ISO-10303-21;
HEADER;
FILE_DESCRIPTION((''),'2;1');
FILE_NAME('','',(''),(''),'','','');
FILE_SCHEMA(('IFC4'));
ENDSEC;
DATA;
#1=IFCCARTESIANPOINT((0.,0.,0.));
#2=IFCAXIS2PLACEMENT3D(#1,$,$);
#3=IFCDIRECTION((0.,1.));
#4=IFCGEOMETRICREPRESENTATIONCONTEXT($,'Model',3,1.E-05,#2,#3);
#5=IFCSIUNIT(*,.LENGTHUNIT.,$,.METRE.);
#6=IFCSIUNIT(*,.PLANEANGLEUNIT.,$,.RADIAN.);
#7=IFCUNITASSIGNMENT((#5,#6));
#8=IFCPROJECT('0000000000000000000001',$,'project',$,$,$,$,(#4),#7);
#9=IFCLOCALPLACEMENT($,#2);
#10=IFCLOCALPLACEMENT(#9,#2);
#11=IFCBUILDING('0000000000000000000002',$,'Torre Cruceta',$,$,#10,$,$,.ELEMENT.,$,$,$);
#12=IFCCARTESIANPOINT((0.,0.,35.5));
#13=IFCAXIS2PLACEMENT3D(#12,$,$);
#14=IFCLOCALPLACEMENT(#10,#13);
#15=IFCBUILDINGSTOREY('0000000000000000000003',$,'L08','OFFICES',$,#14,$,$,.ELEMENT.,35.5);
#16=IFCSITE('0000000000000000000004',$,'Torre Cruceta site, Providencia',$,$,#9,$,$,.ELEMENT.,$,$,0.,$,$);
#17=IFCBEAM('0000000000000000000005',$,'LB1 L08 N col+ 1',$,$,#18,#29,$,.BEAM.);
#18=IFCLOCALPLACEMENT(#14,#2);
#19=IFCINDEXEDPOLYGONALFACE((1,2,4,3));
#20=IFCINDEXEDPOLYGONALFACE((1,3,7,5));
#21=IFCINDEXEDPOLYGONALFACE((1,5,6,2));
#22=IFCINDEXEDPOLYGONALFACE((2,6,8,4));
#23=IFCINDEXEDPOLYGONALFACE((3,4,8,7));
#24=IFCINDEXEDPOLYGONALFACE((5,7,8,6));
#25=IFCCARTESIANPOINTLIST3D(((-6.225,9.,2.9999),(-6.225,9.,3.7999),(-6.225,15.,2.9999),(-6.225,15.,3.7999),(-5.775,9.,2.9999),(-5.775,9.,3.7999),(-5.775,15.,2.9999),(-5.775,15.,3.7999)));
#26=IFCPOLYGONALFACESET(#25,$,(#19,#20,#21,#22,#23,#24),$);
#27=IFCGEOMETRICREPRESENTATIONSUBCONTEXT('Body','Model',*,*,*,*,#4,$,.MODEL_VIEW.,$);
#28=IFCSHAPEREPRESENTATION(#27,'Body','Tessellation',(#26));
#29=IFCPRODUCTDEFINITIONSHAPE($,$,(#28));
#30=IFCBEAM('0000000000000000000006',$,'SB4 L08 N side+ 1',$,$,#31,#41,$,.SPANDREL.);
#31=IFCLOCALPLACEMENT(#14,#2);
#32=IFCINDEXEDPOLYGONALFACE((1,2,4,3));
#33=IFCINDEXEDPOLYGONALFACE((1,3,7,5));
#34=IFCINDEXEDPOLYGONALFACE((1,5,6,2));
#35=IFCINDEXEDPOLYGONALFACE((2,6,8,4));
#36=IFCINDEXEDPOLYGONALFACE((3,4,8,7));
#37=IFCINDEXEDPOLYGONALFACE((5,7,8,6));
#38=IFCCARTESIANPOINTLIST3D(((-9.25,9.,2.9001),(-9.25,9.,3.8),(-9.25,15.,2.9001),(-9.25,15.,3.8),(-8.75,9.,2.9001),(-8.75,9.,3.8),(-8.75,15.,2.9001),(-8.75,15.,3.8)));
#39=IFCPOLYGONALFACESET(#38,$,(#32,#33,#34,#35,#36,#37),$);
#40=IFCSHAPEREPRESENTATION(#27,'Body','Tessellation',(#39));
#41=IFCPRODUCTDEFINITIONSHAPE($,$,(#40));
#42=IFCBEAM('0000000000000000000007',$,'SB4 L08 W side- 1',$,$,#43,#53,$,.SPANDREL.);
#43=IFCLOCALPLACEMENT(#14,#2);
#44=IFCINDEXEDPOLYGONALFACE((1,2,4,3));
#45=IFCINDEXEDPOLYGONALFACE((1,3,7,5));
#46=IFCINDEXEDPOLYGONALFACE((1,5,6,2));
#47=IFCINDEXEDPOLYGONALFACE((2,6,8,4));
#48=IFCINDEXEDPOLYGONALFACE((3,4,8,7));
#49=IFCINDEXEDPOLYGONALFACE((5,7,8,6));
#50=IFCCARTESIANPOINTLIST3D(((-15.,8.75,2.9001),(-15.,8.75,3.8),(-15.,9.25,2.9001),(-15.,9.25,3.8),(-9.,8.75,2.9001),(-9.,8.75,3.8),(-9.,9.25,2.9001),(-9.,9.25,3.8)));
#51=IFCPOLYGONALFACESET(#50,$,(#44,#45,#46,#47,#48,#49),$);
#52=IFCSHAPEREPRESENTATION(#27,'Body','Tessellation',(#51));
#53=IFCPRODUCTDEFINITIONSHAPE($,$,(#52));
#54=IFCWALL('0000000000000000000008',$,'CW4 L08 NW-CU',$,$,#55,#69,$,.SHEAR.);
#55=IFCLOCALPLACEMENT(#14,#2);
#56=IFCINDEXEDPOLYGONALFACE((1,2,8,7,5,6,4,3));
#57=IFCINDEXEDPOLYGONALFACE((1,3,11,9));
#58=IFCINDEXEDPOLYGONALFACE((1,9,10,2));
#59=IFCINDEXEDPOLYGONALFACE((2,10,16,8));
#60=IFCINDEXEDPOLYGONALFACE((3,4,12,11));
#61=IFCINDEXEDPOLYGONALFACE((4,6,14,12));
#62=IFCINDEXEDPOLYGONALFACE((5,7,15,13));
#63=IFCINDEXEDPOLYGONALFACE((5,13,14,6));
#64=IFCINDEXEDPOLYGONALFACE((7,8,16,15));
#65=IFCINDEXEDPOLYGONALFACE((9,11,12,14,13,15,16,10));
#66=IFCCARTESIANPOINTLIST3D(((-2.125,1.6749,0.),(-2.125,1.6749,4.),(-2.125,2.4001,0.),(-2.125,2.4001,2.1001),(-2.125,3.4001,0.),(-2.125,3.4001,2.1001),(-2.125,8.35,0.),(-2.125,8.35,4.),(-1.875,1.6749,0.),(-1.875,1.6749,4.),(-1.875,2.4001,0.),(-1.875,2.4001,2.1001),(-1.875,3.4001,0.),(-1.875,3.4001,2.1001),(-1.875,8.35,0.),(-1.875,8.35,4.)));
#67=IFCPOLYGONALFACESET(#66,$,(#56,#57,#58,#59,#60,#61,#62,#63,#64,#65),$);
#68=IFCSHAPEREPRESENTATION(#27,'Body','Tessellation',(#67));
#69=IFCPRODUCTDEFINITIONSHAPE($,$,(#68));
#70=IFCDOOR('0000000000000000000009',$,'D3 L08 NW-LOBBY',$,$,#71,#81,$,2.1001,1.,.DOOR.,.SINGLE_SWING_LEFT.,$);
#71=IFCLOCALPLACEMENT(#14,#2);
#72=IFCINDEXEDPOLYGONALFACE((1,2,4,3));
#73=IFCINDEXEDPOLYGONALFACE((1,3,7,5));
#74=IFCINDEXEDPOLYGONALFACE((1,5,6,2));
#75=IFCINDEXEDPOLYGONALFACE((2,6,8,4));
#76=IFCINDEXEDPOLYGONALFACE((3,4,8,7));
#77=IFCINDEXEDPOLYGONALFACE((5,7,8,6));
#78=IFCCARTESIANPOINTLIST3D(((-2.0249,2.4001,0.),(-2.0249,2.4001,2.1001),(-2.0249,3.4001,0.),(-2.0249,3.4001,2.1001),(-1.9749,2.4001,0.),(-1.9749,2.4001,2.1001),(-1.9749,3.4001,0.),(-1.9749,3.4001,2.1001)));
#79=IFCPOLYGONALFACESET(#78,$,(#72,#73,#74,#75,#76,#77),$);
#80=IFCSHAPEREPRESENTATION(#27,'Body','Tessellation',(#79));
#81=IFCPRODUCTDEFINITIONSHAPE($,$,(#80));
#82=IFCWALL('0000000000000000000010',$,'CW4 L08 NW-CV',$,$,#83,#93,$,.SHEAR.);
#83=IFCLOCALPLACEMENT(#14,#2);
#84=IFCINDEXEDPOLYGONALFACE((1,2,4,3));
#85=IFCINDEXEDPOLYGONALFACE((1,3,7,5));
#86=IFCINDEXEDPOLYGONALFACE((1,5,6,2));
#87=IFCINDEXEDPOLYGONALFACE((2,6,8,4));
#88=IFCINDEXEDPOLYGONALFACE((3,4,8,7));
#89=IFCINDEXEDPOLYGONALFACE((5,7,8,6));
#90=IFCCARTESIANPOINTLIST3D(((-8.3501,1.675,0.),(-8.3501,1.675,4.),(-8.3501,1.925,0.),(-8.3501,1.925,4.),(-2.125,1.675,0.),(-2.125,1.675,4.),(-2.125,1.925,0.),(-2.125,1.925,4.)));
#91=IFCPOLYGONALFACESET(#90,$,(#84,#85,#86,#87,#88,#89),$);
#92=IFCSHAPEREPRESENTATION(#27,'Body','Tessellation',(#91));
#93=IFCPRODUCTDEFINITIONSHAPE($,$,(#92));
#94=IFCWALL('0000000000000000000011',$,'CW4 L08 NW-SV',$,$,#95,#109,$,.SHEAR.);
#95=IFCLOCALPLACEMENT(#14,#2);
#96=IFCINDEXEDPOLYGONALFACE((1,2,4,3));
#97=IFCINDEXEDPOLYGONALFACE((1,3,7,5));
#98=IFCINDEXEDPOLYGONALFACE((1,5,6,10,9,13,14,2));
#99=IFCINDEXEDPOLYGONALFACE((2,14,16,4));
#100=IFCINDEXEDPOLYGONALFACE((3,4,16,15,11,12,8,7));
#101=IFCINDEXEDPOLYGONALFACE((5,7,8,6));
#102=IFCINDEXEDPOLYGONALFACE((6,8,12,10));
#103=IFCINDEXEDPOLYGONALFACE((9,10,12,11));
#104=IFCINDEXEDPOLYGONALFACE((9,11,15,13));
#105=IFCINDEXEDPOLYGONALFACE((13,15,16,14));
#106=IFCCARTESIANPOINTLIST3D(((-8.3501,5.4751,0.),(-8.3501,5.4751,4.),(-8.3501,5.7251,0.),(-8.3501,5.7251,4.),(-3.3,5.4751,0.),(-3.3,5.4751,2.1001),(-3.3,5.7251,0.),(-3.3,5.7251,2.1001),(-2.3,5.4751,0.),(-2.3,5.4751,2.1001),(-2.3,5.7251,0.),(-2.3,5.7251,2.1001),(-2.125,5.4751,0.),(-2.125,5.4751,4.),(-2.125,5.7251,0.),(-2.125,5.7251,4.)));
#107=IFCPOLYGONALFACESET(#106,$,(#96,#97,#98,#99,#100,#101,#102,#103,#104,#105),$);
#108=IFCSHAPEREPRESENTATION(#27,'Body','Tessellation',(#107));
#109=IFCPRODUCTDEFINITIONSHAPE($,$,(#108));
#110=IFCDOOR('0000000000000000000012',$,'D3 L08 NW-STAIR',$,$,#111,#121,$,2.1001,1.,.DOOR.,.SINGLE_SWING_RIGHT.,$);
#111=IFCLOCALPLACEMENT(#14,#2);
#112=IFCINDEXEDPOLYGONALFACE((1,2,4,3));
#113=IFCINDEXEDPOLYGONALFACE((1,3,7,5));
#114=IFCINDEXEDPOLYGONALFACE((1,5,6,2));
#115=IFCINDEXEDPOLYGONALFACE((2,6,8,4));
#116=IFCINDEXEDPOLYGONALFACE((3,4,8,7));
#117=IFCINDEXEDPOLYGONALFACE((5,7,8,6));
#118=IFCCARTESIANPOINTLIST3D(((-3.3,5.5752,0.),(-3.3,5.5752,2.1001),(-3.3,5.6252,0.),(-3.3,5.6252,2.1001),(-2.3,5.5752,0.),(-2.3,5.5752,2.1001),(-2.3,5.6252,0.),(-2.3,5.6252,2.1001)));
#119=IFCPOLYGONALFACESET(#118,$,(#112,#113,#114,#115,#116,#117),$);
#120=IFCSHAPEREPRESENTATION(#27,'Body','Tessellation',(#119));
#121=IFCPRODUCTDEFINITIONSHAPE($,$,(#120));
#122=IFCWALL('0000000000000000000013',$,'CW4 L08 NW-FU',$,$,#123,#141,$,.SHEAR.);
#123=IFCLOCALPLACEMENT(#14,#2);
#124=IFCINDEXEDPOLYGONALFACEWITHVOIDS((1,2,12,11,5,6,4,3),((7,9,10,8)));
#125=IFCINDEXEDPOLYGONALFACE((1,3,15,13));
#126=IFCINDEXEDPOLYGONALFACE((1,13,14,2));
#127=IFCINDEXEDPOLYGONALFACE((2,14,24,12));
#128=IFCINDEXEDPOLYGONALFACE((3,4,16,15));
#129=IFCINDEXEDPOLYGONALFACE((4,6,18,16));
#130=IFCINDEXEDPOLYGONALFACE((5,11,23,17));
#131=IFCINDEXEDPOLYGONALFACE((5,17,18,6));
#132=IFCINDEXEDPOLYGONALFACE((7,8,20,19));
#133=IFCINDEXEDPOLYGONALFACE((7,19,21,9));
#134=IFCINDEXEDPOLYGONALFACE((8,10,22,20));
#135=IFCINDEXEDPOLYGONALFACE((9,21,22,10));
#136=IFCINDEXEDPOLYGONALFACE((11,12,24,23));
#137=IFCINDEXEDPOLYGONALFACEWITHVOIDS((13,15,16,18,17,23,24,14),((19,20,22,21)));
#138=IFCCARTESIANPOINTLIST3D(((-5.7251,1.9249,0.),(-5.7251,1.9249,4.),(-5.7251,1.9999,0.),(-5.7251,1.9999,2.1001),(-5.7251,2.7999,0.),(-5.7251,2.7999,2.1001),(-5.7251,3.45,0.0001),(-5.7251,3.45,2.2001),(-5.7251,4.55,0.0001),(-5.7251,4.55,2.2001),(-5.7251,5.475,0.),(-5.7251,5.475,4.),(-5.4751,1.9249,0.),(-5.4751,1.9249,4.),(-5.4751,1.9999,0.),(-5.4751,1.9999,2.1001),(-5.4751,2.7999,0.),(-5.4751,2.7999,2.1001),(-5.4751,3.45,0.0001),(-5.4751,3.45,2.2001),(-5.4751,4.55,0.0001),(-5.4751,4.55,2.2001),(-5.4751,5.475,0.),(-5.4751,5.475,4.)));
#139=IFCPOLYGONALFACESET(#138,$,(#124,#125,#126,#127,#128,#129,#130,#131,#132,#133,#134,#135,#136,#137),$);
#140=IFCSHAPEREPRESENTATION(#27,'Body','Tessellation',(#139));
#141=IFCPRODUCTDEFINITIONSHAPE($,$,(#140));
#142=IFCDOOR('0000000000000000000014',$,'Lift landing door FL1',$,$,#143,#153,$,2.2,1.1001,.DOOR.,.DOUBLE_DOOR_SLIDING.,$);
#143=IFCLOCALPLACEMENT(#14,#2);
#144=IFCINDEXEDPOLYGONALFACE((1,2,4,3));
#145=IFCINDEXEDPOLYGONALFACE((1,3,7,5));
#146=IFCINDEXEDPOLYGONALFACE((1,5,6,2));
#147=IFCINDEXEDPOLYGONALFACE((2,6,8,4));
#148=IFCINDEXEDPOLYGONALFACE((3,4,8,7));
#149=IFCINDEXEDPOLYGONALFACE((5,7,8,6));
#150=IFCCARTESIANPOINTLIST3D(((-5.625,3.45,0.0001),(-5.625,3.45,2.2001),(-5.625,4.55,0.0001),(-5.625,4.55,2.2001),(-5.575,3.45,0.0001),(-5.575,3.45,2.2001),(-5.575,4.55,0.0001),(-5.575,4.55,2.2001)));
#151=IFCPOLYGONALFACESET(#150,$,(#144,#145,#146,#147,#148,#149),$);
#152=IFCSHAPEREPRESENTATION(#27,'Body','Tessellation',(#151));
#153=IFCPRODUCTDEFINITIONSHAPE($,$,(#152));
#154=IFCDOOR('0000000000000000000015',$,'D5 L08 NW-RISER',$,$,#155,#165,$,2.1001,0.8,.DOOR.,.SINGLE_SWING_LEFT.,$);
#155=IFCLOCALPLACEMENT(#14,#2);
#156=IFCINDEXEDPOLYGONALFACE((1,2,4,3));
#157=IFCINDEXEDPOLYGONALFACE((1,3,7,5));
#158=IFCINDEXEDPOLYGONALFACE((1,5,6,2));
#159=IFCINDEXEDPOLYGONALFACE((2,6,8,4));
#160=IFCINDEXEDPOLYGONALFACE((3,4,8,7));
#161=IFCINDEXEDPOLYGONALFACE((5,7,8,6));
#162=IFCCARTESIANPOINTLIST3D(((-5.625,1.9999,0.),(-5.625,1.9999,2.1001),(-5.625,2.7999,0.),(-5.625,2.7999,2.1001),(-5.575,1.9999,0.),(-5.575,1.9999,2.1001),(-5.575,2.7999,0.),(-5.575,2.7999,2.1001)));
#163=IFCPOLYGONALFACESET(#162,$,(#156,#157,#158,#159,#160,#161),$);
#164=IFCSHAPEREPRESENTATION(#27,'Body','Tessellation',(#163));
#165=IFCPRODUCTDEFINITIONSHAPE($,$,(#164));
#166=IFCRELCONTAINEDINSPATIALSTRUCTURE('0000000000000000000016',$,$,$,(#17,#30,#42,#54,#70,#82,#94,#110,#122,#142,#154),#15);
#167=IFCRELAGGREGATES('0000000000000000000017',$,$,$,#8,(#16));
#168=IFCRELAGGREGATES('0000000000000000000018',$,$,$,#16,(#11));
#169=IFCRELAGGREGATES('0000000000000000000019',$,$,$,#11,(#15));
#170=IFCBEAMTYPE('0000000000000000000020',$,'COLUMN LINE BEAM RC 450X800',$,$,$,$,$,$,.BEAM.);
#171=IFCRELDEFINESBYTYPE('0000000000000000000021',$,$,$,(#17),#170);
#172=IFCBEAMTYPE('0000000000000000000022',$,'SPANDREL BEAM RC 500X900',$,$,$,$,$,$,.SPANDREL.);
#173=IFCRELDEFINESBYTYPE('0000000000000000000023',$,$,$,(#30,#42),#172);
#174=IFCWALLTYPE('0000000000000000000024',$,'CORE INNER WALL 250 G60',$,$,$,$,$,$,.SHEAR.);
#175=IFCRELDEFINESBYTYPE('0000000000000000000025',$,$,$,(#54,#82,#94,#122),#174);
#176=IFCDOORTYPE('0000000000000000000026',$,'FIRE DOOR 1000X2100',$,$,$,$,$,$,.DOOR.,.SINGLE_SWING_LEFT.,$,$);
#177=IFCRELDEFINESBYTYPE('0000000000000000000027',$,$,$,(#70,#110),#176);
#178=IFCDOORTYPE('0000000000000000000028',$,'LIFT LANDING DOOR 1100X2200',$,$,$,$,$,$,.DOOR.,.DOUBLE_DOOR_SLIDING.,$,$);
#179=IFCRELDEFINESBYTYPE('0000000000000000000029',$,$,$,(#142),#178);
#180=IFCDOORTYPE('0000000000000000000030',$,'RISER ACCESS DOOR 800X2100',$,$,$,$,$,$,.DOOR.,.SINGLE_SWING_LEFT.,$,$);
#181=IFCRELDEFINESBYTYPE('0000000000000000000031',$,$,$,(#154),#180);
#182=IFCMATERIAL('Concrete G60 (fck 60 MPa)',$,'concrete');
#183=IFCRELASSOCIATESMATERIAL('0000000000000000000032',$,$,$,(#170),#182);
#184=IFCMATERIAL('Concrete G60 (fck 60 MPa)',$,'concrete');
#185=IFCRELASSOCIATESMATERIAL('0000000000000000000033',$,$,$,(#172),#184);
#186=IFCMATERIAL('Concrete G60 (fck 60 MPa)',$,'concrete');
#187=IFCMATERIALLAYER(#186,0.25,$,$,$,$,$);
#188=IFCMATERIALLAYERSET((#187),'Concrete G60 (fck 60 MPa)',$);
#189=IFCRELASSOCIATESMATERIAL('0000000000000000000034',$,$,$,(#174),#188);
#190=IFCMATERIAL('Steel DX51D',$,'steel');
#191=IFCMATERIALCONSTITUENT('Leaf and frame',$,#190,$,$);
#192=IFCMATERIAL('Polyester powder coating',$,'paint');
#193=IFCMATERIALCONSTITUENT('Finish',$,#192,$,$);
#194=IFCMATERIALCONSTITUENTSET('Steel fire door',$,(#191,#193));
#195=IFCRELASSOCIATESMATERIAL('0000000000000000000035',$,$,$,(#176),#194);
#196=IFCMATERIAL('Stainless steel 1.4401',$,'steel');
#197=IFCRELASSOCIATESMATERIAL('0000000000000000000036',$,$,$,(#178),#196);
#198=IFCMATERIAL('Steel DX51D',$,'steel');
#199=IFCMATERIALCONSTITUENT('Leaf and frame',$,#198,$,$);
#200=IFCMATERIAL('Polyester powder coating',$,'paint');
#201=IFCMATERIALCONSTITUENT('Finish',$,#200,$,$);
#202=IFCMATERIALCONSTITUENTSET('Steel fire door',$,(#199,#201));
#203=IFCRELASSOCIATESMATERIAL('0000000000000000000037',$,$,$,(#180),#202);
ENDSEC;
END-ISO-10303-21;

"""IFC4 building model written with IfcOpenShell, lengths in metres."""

from ifc_helpers import new_model, si_unit, direction, frame, frame_2d, origin, origin_2d, place, context, subcontext, project, spatial, rectangle, extrude, material, layer, layer_set, constituent, constituent_set, material_profile, profile_set, type_object, element, fill, save


model = new_model("IFC4")

# Units and contexts
model_context = context("Model", 3, precision=1e-05, world=origin(), true_north=direction((0.0, 1.0)))
body_context = subcontext(model_context, "Body", "Model", "MODEL_VIEW")
ifc_project = project(units=[si_unit("LENGTHUNIT", "METRE"), si_unit("PLANEANGLEUNIT", "RADIAN")], contexts=[model_context])

# Site, building, storey
site_placement = place(None, origin())
site = spatial("IfcSite", under=ifc_project, at=site_placement, Name="Torre Cruceta site, Providencia", CompositionType="ELEMENT", RefElevation=0.0)
building_placement = place(site_placement, origin())
building = spatial("IfcBuilding", under=site, at=building_placement, Name="Torre Cruceta", CompositionType="ELEMENT")
storey_placement = place(building_placement, frame((0.0, 0.0, 35.5)))
storey = spatial("IfcBuildingStorey", under=building, at=storey_placement, Name="L08", Description="OFFICES", CompositionType="ELEMENT", Elevation=35.5)

# Beams
ifc_material_1 = material(Name="Concrete G60 (fck 60 MPa)", Category="concrete")
ifc_material_profile_1 = material_profile(ifc_material_1, rectangle(XDim=0.45, YDim=0.8, at=origin_2d()), Name="RC 450X800")
ifc_profile_set_1 = profile_set([ifc_material_profile_1], Name="Concrete G60 (fck 60 MPa)")
beam_type_1 = type_object("IfcBeamType", Name="COLUMN LINE BEAM RC 450X800", PredefinedType="BEAM", material=ifc_profile_set_1)
beam_placement = place(storey_placement, frame((-6.0, 9.0, 3.3999), z_axis=(0.0, 1.0, 0.0), x_axis=(-1.0, 0.0, 0.0)))
element("IfcBeam", 1, at=beam_placement, inside=storey, type_object=beam_type_1, Name="LB1 L08 N col+ 1", PredefinedType="BEAM", context=body_context, shape_type="SweptSolid", body=[
    extrude(rectangle(XDim=0.45, YDim=0.8, at=origin_2d()), origin(), (0.0, 0.0, 1.0), 6.0),
])
ifc_material_2 = material(Name="Concrete G60 (fck 60 MPa)", Category="concrete")
ifc_material_profile_2 = material_profile(ifc_material_2, rectangle(XDim=0.5, YDim=0.8999, at=origin_2d()), Name="RC 500X900")
ifc_profile_set_2 = profile_set([ifc_material_profile_2], Name="Concrete G60 (fck 60 MPa)")
beam_type_2 = type_object("IfcBeamType", Name="SPANDREL BEAM RC 500X900", PredefinedType="SPANDREL", material=ifc_profile_set_2)
for number, where, z_axis, x_axis, name in (
    (2, (-9.0, 9.0, 3.3501), (0.0, 1.0, 0.0), (-1.0, 0.0, 0.0), "SB4 L08 N side+ 1"),
    (3, (-9.0, 9.0, 3.3501), (-1.0, 0.0, 0.0), (0.0, -1.0, 0.0), "SB4 L08 W side- 1"),
):
    element("IfcBeam", number, at=place(storey_placement, frame(where, z_axis=z_axis, x_axis=x_axis)), inside=storey, type_object=beam_type_2, Name=name, PredefinedType="SPANDREL", context=body_context, shape_type="SweptSolid", body=[
        extrude(rectangle(XDim=0.5, YDim=0.8999, at=origin_2d()), origin(), (0.0, 0.0, 1.0), 6.0),
    ])

# Wall, opening, door
ifc_material_3 = material(Name="Concrete G60 (fck 60 MPa)", Category="concrete")
ifc_layer_1 = layer(ifc_material_3, 0.25)
ifc_layer_set_1 = layer_set([ifc_layer_1], Name="Concrete G60 (fck 60 MPa)")
wall_type_1 = type_object("IfcWallType", Name="CORE INNER WALL 250 G60", PredefinedType="SHEAR", material=ifc_layer_set_1)
wall_1_placement = place(storey_placement, frame((-2.0, 1.675, 0.0), z_axis=(0.0, 0.0, 1.0), x_axis=(0.0, 1.0, 0.0)))
wall_1 = element("IfcWall", 4, at=wall_1_placement, inside=storey, type_object=wall_type_1, Name="CW4 L08 NW-CU", PredefinedType="SHEAR", context=body_context, shape_type="SweptSolid", body=[
    extrude(rectangle(XDim=6.675, YDim=0.25, at=frame_2d((3.3374, 0.0))), origin(), (0.0, 0.0, 1.0), 4.0),
])
opening_1_placement = place(wall_1_placement, frame((0.7251, 0.0, 0.0)))
opening_1 = element("IfcOpeningElement", 5, at=opening_1_placement, cuts=wall_1, PredefinedType="OPENING", context=body_context, shape_type="SweptSolid", body=[
    extrude(rectangle(XDim=1.0, YDim=2.1001, at=frame_2d((0.5, 1.05))), frame((0.0, 0.135, 0.0), z_axis=(0.0, -1.0, 0.0), x_axis=(1.0, 0.0, 0.0)), (0.0, 0.0, 1.0), 0.27),
])
ifc_material_4 = material(Name="Steel DX51D", Category="steel")
ifc_constituent_1 = constituent(ifc_material_4, Name="Leaf and frame")
ifc_material_5 = material(Name="Polyester powder coating", Category="paint")
ifc_constituent_2 = constituent(ifc_material_5, Name="Finish")
ifc_constituent_set_1 = constituent_set(constituents=[ifc_constituent_1, ifc_constituent_2], Name="Steel fire door")
door_type_1 = type_object("IfcDoorType", Name="FIRE DOOR 1000X2100", OperationType="SINGLE_SWING_LEFT", PredefinedType="DOOR", material=ifc_constituent_set_1)
door_1_placement = place(opening_1_placement, origin())
door_1 = element("IfcDoor", 6, at=door_1_placement, inside=storey, type_object=door_type_1, Name="D3 L08 NW-LOBBY", OperationType="SINGLE_SWING_LEFT", OverallHeight=2.1001, OverallWidth=1.0, PredefinedType="DOOR", context=body_context, shape_type="SweptSolid", body=[
    extrude(rectangle(XDim=1.0, YDim=2.1001, at=frame_2d((0.5, 1.05))), frame((0.0, 0.0249, 0.0), z_axis=(0.0, -1.0, 0.0), x_axis=(1.0, 0.0, 0.0)), (0.0, 0.0, 1.0), 0.05),
])
fill(opening_1, door_1)

# Wall
wall_2_placement = place(storey_placement, frame((-2.125, 1.8, 0.0), z_axis=(0.0, 0.0, 1.0), x_axis=(-1.0, 0.0, 0.0)))
element("IfcWall", 7, at=wall_2_placement, inside=storey, type_object=wall_type_1, Name="CW4 L08 NW-CV", PredefinedType="SHEAR", context=body_context, shape_type="SweptSolid", body=[
    extrude(rectangle(XDim=6.2251, YDim=0.25, at=frame_2d((3.1125, 0.0))), origin(), (0.0, 0.0, 1.0), 4.0),
])

# Wall, opening, door
wall_3_placement = place(storey_placement, frame((-2.125, 5.6001, 0.0), z_axis=(0.0, 0.0, 1.0), x_axis=(-1.0, 0.0, 0.0)))
wall_3 = element("IfcWall", 8, at=wall_3_placement, inside=storey, type_object=wall_type_1, Name="CW4 L08 NW-SV", PredefinedType="SHEAR", context=body_context, shape_type="SweptSolid", body=[
    extrude(rectangle(XDim=6.2251, YDim=0.25, at=frame_2d((3.1125, 0.0))), origin(), (0.0, 0.0, 1.0), 4.0),
])
opening_2_placement = place(wall_3_placement, frame((0.175, 0.0, 0.0)))
opening_2 = element("IfcOpeningElement", 9, at=opening_2_placement, cuts=wall_3, PredefinedType="OPENING", context=body_context, shape_type="SweptSolid", body=[
    extrude(rectangle(XDim=1.0, YDim=2.1001, at=frame_2d((0.5, 1.05))), frame((0.0, 0.135, 0.0), z_axis=(0.0, -1.0, 0.0), x_axis=(1.0, 0.0, 0.0)), (0.0, 0.0, 1.0), 0.27),
])
door_2_placement = place(opening_2_placement, frame((1.0, 0.0, 0.0), z_axis=(0.0, 0.0, 1.0), x_axis=(-1.0, 0.0, 0.0)))
door_2 = element("IfcDoor", 10, at=door_2_placement, inside=storey, type_object=door_type_1, Name="D3 L08 NW-STAIR", OperationType="SINGLE_SWING_RIGHT", OverallHeight=2.1001, OverallWidth=1.0, PredefinedType="DOOR", context=body_context, shape_type="SweptSolid", body=[
    extrude(rectangle(XDim=1.0, YDim=2.1001, at=frame_2d((0.5, 1.05))), frame((0.0, 0.0251, 0.0), z_axis=(0.0, -1.0, 0.0), x_axis=(1.0, 0.0, 0.0)), (0.0, 0.0, 1.0), 0.05),
])
fill(opening_2, door_2)

# Wall, openings, doors
wall_4_placement = place(storey_placement, frame((-5.6001, 1.925, 0.0), z_axis=(0.0, 0.0, 1.0), x_axis=(0.0, 1.0, 0.0)))
wall_4 = element("IfcWall", 11, at=wall_4_placement, inside=storey, type_object=wall_type_1, Name="CW4 L08 NW-FU", PredefinedType="SHEAR", context=body_context, shape_type="SweptSolid", body=[
    extrude(rectangle(XDim=3.55, YDim=0.25, at=frame_2d((1.7749, 0.0))), origin(), (0.0, 0.0, 1.0), 4.0),
])
opening_3_placement = place(wall_4_placement, frame((1.5249, 0.0, 0.0)))
opening_3 = element("IfcOpeningElement", 12, at=opening_3_placement, cuts=wall_4, PredefinedType="OPENING", context=body_context, shape_type="SweptSolid", body=[
    extrude(rectangle(XDim=1.1001, YDim=2.2, at=frame_2d((0.55, 1.1001))), frame((0.0, 0.135, 0.0), z_axis=(0.0, -1.0, 0.0), x_axis=(1.0, 0.0, 0.0)), (0.0, 0.0, 1.0), 0.27),
])
opening_4_placement = place(wall_4_placement, frame((0.075, 0.0, 0.0)))
opening_4 = element("IfcOpeningElement", 13, at=opening_4_placement, cuts=wall_4, PredefinedType="OPENING", context=body_context, shape_type="SweptSolid", body=[
    extrude(rectangle(XDim=0.8, YDim=2.1001, at=frame_2d((0.3999, 1.05))), frame((0.0, 0.135, 0.0), z_axis=(0.0, -1.0, 0.0), x_axis=(1.0, 0.0, 0.0)), (0.0, 0.0, 1.0), 0.27),
])
ifc_material_6 = material(Name="Stainless steel 1.4401", Category="steel")
door_type_2 = type_object("IfcDoorType", Name="LIFT LANDING DOOR 1100X2200", OperationType="DOUBLE_DOOR_SLIDING", PredefinedType="DOOR", material=ifc_material_6)
door_3_placement = place(opening_3_placement, origin())
door_3 = element("IfcDoor", 14, at=door_3_placement, inside=storey, type_object=door_type_2, Name="Lift landing door FL1", OperationType="DOUBLE_DOOR_SLIDING", OverallHeight=2.2, OverallWidth=1.1001, PredefinedType="DOOR", context=body_context, shape_type="SweptSolid", body=[
    extrude(rectangle(XDim=1.1001, YDim=2.2, at=frame_2d((0.55, 1.1001))), frame((0.0, 0.0249, 0.0), z_axis=(0.0, -1.0, 0.0), x_axis=(1.0, 0.0, 0.0)), (0.0, 0.0, 1.0), 0.05),
])
fill(opening_3, door_3)
ifc_material_7 = material(Name="Steel DX51D", Category="steel")
ifc_constituent_3 = constituent(ifc_material_7, Name="Leaf and frame")
ifc_material_8 = material(Name="Polyester powder coating", Category="paint")
ifc_constituent_4 = constituent(ifc_material_8, Name="Finish")
ifc_constituent_set_2 = constituent_set(constituents=[ifc_constituent_3, ifc_constituent_4], Name="Steel fire door")
door_type_3 = type_object("IfcDoorType", Name="RISER ACCESS DOOR 800X2100", OperationType="SINGLE_SWING_LEFT", PredefinedType="DOOR", material=ifc_constituent_set_2)
door_4_placement = place(opening_4_placement, origin())
door_4 = element("IfcDoor", 15, at=door_4_placement, inside=storey, type_object=door_type_3, Name="D5 L08 NW-RISER", OperationType="SINGLE_SWING_LEFT", OverallHeight=2.1001, OverallWidth=0.8, PredefinedType="DOOR", context=body_context, shape_type="SweptSolid", body=[
    extrude(rectangle(XDim=0.8, YDim=2.1001, at=frame_2d((0.3999, 1.05))), frame((0.0, 0.0249, 0.0), z_axis=(0.0, -1.0, 0.0), x_axis=(1.0, 0.0, 0.0)), (0.0, 0.0, 1.0), 0.05),
])
fill(opening_4, door_4)

save(model, "model.ifc")
